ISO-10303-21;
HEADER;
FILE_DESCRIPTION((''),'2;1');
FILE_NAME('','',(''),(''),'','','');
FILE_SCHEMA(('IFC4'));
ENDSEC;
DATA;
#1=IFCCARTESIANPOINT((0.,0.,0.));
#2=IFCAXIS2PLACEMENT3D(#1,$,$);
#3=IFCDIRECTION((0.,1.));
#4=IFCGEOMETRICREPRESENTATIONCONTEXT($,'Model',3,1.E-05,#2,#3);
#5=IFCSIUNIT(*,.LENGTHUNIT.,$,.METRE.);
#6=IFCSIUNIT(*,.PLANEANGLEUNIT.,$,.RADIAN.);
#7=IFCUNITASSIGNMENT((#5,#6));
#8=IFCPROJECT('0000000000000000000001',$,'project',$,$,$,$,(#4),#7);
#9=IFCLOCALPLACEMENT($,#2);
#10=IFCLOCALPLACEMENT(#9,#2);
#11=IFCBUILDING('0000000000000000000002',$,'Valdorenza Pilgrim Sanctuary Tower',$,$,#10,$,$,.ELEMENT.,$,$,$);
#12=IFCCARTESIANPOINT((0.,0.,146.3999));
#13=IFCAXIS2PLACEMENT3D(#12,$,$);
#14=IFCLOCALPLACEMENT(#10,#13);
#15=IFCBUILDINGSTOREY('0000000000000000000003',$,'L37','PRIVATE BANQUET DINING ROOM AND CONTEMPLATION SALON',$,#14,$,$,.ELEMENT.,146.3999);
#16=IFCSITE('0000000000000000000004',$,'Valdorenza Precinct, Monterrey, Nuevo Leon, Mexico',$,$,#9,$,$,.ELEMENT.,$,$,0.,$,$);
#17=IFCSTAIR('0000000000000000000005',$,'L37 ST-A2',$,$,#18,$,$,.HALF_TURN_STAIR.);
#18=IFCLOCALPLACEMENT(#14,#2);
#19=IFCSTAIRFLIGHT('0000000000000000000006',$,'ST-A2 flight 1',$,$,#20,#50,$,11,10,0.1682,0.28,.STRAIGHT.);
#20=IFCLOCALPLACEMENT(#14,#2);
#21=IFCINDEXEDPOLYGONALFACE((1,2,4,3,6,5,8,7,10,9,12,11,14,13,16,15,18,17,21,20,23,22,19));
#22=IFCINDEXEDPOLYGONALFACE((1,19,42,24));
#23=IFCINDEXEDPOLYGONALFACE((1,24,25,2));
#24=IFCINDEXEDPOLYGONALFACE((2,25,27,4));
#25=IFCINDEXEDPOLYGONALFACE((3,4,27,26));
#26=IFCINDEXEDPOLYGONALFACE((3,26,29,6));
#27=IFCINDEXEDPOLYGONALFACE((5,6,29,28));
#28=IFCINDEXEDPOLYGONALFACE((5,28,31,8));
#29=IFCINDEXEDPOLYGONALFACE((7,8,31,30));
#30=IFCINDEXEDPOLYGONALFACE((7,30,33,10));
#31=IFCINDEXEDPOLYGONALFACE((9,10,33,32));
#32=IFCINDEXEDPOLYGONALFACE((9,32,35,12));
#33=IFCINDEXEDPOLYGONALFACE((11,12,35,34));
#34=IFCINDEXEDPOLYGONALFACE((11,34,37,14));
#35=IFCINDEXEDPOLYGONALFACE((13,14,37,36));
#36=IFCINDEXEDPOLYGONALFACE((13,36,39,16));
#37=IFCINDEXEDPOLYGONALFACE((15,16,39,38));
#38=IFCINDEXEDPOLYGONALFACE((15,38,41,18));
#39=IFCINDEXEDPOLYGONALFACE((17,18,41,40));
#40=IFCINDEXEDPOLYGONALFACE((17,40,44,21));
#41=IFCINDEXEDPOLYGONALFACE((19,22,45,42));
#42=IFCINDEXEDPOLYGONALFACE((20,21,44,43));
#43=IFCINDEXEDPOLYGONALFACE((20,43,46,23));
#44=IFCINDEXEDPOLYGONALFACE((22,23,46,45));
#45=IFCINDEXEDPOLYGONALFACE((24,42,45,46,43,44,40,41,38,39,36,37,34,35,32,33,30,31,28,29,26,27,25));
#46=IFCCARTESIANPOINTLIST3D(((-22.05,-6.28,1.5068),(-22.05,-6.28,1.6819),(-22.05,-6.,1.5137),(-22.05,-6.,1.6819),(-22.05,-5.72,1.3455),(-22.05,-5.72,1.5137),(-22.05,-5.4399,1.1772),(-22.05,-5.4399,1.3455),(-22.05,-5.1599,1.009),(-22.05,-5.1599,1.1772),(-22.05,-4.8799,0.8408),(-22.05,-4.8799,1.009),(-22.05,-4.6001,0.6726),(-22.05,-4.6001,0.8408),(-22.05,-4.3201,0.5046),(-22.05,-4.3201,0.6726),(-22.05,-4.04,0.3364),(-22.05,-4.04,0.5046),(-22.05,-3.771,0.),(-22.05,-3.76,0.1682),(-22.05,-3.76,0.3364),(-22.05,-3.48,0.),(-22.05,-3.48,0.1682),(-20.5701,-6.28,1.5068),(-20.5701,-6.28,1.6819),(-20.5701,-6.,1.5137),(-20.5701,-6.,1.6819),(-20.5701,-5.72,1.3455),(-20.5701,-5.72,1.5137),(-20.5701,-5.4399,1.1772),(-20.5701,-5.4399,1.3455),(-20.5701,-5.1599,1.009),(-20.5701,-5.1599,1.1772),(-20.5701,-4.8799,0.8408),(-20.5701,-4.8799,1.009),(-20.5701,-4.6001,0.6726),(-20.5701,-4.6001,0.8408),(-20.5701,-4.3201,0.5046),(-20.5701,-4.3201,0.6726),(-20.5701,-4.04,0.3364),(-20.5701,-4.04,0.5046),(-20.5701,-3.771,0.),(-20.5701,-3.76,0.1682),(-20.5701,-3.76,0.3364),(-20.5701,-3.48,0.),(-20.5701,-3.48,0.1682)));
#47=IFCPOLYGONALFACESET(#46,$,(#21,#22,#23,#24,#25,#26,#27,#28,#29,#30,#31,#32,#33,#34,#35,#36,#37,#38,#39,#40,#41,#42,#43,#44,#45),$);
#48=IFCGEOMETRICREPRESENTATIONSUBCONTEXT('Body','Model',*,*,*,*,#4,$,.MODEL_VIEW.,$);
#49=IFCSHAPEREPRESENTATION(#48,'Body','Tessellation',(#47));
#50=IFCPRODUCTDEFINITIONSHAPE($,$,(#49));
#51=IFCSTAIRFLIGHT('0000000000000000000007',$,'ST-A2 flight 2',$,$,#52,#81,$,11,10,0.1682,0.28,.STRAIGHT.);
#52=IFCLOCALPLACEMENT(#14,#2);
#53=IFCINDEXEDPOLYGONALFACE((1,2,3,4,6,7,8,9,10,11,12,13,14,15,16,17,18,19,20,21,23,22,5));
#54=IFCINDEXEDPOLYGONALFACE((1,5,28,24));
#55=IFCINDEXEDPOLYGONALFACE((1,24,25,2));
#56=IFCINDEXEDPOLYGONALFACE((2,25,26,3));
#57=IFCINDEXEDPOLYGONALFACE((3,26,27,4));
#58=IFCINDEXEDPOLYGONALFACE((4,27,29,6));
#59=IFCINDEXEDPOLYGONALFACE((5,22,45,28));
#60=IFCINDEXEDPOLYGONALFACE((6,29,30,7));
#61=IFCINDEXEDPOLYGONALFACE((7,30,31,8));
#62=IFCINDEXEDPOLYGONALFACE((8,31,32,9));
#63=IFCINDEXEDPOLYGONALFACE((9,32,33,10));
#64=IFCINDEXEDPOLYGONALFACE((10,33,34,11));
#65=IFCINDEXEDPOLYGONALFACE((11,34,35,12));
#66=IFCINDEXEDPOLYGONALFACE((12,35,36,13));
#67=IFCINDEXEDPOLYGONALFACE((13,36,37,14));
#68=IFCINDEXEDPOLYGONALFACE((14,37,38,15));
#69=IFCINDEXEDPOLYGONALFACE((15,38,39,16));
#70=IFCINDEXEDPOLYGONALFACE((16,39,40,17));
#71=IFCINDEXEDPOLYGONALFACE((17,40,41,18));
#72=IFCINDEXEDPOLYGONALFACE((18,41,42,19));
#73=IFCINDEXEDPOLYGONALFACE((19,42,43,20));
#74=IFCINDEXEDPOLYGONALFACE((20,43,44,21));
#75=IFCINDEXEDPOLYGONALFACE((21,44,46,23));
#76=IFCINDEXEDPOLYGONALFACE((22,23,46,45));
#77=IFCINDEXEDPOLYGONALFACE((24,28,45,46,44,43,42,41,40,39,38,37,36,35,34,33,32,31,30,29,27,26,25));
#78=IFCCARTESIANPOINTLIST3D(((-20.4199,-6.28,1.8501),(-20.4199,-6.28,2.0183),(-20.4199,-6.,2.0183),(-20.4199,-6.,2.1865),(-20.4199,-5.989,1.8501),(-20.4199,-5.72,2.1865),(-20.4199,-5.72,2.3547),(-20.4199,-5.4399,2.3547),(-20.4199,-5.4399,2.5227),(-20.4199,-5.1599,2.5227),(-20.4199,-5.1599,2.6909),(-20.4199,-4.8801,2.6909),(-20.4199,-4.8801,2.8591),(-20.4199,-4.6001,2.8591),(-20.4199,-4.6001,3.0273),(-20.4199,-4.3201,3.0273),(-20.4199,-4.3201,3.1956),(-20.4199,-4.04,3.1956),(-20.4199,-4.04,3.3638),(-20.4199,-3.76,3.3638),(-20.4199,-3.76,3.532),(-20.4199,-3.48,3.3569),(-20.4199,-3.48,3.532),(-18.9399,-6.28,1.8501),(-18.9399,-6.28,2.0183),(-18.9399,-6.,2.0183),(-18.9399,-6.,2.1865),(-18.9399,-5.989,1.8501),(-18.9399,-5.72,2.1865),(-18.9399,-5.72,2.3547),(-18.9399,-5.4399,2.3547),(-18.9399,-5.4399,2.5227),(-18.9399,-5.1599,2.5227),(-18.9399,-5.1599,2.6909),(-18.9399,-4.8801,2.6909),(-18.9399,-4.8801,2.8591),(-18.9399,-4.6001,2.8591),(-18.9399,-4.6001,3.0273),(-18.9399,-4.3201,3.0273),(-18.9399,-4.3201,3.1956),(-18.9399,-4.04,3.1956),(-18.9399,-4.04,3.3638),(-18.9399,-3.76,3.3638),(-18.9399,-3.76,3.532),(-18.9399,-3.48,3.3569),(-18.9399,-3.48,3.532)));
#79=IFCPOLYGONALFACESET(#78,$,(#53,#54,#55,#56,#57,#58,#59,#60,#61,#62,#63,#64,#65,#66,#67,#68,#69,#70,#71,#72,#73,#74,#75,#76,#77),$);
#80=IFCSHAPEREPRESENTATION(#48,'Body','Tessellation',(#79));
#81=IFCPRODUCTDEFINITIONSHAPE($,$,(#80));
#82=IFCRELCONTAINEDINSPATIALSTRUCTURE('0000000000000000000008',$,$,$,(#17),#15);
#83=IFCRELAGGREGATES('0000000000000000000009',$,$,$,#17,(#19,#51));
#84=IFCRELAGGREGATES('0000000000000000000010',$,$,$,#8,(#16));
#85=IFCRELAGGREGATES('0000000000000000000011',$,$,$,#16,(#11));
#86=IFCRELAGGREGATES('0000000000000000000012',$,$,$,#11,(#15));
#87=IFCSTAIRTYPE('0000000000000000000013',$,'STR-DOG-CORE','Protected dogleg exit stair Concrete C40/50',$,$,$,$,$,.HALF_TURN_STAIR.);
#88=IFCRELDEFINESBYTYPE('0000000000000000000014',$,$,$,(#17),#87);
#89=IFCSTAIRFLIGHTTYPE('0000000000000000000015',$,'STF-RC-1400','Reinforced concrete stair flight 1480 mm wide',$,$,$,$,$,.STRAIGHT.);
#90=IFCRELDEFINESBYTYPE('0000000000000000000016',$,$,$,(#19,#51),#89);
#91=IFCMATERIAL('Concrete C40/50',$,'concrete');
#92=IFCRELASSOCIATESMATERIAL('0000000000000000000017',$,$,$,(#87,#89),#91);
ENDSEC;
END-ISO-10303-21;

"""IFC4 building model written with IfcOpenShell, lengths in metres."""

from ifc_helpers import new_model, si_unit, direction, frame, origin, place, context, subcontext, project, spatial, polyline, outline, extrude, material, type_object, element, aggregate, save


model = new_model("IFC4")

# Units and contexts
model_context = context("Model", 3, precision=1e-05, world=origin(), true_north=direction((0.0, 1.0)))
body_context = subcontext(model_context, "Body", "Model", "MODEL_VIEW")
ifc_project = project(units=[si_unit("LENGTHUNIT", "METRE"), si_unit("PLANEANGLEUNIT", "RADIAN")], contexts=[model_context])

# Site, building, storey
site_placement = place(None, origin())
site = spatial("IfcSite", under=ifc_project, at=site_placement, Name="Valdorenza Precinct, Monterrey, Nuevo Leon, Mexico", CompositionType="ELEMENT", RefElevation=0.0)
building_placement = place(site_placement, origin())
building = spatial("IfcBuilding", under=site, at=building_placement, Name="Valdorenza Pilgrim Sanctuary Tower", CompositionType="ELEMENT")
storey_placement = place(building_placement, frame((0.0, 0.0, 146.3999)))
storey = spatial("IfcBuildingStorey", under=building, at=storey_placement, Name="L37", Description="PRIVATE BANQUET DINING ROOM AND CONTEMPLATION SALON", CompositionType="ELEMENT", Elevation=146.3999)

# Shared definitions
ifc_material_1 = material(Name="Concrete C40/50", Category="concrete")

# Stair, stair flights
stair_type = type_object("IfcStairType", Name="STR-DOG-CORE", Description="Protected dogleg exit stair Concrete C40/50", PredefinedType="HALF_TURN_STAIR", material=ifc_material_1)
stair_placement = place(storey_placement, origin())
stair = element("IfcStair", 1, at=stair_placement, inside=storey, type_object=stair_type, Name="L37 ST-A2", PredefinedType="HALF_TURN_STAIR")
stair_flight_type = type_object("IfcStairFlightType", Name="STF-RC-1400", Description="Reinforced concrete stair flight 1480 mm wide", PredefinedType="STRAIGHT", material=ifc_material_1)
stair_flight_1_placement = place(storey_placement, frame((-21.3101, -3.48, 0.0), z_axis=(0.0, 0.0, 1.0), x_axis=(0.0, -1.0, 0.0)))
stair_flight_1 = element("IfcStairFlight", 2, at=stair_flight_1_placement, type_object=stair_flight_type, Name="ST-A2 flight 1", NumberOfRisers=11, NumberOfTreads=10, PredefinedType="STRAIGHT", RiserHeight=0.1682, TreadLength=0.28, context=body_context, shape_type="SweptSolid", body=[
    extrude(outline(polyline([(0.0, 0.0), (0.0, 0.1682), (0.28, 0.1682), (0.28, 0.3364), (0.5601, 0.3364), (0.5601, 0.5046), (0.8401, 0.5046), (0.8401, 0.6726), (1.1201, 0.6726), (1.1201, 0.8408), (1.3999, 0.8408), (1.3999, 1.009), (1.6799, 1.009), (1.6799, 1.1772), (1.96, 1.1772), (1.96, 1.3455), (2.24, 1.3455), (2.24, 1.5137), (2.52, 1.5137), (2.52, 1.6819), (2.8, 1.6819), (2.8, 1.8501), (2.8, 1.5068), (0.291, 0.0), (0.0, 0.0)])), frame((0.0, 0.74, 0.0), z_axis=(0.0, -1.0, 0.0), x_axis=(1.0, 0.0, 0.0)), (0.0, 0.0, 1.0), 1.48),
])
stair_flight_2_placement = place(storey_placement, frame((-19.6799, -6.28, 1.8501), z_axis=(0.0, 0.0, 1.0), x_axis=(0.0, 1.0, 0.0)))
stair_flight_2 = element("IfcStairFlight", 3, at=stair_flight_2_placement, type_object=stair_flight_type, Name="ST-A2 flight 2", NumberOfRisers=11, NumberOfTreads=10, PredefinedType="STRAIGHT", RiserHeight=0.1682, TreadLength=0.28, context=body_context, shape_type="SweptSolid", body=[
    extrude(outline(polyline([(0.0, 0.0), (0.0, 0.1682), (0.28, 0.1682), (0.28, 0.3364), (0.5601, 0.3364), (0.5601, 0.5046), (0.8401, 0.5046), (0.8401, 0.6726), (1.1201, 0.6726), (1.1201, 0.8408), (1.3999, 0.8408), (1.3999, 1.009), (1.6799, 1.009), (1.6799, 1.1772), (1.96, 1.1772), (1.96, 1.3455), (2.24, 1.3455), (2.24, 1.5137), (2.52, 1.5137), (2.52, 1.6819), (2.8, 1.6819), (2.8, 1.8501), (2.8, 1.5068), (0.291, 0.0), (0.0, 0.0)])), frame((0.0, 0.74, 0.0), z_axis=(0.0, -1.0, 0.0), x_axis=(1.0, 0.0, 0.0)), (0.0, 0.0, 1.0), 1.48),
])
aggregate(stair, [stair_flight_1, stair_flight_2])

save(model, "model.ifc")
